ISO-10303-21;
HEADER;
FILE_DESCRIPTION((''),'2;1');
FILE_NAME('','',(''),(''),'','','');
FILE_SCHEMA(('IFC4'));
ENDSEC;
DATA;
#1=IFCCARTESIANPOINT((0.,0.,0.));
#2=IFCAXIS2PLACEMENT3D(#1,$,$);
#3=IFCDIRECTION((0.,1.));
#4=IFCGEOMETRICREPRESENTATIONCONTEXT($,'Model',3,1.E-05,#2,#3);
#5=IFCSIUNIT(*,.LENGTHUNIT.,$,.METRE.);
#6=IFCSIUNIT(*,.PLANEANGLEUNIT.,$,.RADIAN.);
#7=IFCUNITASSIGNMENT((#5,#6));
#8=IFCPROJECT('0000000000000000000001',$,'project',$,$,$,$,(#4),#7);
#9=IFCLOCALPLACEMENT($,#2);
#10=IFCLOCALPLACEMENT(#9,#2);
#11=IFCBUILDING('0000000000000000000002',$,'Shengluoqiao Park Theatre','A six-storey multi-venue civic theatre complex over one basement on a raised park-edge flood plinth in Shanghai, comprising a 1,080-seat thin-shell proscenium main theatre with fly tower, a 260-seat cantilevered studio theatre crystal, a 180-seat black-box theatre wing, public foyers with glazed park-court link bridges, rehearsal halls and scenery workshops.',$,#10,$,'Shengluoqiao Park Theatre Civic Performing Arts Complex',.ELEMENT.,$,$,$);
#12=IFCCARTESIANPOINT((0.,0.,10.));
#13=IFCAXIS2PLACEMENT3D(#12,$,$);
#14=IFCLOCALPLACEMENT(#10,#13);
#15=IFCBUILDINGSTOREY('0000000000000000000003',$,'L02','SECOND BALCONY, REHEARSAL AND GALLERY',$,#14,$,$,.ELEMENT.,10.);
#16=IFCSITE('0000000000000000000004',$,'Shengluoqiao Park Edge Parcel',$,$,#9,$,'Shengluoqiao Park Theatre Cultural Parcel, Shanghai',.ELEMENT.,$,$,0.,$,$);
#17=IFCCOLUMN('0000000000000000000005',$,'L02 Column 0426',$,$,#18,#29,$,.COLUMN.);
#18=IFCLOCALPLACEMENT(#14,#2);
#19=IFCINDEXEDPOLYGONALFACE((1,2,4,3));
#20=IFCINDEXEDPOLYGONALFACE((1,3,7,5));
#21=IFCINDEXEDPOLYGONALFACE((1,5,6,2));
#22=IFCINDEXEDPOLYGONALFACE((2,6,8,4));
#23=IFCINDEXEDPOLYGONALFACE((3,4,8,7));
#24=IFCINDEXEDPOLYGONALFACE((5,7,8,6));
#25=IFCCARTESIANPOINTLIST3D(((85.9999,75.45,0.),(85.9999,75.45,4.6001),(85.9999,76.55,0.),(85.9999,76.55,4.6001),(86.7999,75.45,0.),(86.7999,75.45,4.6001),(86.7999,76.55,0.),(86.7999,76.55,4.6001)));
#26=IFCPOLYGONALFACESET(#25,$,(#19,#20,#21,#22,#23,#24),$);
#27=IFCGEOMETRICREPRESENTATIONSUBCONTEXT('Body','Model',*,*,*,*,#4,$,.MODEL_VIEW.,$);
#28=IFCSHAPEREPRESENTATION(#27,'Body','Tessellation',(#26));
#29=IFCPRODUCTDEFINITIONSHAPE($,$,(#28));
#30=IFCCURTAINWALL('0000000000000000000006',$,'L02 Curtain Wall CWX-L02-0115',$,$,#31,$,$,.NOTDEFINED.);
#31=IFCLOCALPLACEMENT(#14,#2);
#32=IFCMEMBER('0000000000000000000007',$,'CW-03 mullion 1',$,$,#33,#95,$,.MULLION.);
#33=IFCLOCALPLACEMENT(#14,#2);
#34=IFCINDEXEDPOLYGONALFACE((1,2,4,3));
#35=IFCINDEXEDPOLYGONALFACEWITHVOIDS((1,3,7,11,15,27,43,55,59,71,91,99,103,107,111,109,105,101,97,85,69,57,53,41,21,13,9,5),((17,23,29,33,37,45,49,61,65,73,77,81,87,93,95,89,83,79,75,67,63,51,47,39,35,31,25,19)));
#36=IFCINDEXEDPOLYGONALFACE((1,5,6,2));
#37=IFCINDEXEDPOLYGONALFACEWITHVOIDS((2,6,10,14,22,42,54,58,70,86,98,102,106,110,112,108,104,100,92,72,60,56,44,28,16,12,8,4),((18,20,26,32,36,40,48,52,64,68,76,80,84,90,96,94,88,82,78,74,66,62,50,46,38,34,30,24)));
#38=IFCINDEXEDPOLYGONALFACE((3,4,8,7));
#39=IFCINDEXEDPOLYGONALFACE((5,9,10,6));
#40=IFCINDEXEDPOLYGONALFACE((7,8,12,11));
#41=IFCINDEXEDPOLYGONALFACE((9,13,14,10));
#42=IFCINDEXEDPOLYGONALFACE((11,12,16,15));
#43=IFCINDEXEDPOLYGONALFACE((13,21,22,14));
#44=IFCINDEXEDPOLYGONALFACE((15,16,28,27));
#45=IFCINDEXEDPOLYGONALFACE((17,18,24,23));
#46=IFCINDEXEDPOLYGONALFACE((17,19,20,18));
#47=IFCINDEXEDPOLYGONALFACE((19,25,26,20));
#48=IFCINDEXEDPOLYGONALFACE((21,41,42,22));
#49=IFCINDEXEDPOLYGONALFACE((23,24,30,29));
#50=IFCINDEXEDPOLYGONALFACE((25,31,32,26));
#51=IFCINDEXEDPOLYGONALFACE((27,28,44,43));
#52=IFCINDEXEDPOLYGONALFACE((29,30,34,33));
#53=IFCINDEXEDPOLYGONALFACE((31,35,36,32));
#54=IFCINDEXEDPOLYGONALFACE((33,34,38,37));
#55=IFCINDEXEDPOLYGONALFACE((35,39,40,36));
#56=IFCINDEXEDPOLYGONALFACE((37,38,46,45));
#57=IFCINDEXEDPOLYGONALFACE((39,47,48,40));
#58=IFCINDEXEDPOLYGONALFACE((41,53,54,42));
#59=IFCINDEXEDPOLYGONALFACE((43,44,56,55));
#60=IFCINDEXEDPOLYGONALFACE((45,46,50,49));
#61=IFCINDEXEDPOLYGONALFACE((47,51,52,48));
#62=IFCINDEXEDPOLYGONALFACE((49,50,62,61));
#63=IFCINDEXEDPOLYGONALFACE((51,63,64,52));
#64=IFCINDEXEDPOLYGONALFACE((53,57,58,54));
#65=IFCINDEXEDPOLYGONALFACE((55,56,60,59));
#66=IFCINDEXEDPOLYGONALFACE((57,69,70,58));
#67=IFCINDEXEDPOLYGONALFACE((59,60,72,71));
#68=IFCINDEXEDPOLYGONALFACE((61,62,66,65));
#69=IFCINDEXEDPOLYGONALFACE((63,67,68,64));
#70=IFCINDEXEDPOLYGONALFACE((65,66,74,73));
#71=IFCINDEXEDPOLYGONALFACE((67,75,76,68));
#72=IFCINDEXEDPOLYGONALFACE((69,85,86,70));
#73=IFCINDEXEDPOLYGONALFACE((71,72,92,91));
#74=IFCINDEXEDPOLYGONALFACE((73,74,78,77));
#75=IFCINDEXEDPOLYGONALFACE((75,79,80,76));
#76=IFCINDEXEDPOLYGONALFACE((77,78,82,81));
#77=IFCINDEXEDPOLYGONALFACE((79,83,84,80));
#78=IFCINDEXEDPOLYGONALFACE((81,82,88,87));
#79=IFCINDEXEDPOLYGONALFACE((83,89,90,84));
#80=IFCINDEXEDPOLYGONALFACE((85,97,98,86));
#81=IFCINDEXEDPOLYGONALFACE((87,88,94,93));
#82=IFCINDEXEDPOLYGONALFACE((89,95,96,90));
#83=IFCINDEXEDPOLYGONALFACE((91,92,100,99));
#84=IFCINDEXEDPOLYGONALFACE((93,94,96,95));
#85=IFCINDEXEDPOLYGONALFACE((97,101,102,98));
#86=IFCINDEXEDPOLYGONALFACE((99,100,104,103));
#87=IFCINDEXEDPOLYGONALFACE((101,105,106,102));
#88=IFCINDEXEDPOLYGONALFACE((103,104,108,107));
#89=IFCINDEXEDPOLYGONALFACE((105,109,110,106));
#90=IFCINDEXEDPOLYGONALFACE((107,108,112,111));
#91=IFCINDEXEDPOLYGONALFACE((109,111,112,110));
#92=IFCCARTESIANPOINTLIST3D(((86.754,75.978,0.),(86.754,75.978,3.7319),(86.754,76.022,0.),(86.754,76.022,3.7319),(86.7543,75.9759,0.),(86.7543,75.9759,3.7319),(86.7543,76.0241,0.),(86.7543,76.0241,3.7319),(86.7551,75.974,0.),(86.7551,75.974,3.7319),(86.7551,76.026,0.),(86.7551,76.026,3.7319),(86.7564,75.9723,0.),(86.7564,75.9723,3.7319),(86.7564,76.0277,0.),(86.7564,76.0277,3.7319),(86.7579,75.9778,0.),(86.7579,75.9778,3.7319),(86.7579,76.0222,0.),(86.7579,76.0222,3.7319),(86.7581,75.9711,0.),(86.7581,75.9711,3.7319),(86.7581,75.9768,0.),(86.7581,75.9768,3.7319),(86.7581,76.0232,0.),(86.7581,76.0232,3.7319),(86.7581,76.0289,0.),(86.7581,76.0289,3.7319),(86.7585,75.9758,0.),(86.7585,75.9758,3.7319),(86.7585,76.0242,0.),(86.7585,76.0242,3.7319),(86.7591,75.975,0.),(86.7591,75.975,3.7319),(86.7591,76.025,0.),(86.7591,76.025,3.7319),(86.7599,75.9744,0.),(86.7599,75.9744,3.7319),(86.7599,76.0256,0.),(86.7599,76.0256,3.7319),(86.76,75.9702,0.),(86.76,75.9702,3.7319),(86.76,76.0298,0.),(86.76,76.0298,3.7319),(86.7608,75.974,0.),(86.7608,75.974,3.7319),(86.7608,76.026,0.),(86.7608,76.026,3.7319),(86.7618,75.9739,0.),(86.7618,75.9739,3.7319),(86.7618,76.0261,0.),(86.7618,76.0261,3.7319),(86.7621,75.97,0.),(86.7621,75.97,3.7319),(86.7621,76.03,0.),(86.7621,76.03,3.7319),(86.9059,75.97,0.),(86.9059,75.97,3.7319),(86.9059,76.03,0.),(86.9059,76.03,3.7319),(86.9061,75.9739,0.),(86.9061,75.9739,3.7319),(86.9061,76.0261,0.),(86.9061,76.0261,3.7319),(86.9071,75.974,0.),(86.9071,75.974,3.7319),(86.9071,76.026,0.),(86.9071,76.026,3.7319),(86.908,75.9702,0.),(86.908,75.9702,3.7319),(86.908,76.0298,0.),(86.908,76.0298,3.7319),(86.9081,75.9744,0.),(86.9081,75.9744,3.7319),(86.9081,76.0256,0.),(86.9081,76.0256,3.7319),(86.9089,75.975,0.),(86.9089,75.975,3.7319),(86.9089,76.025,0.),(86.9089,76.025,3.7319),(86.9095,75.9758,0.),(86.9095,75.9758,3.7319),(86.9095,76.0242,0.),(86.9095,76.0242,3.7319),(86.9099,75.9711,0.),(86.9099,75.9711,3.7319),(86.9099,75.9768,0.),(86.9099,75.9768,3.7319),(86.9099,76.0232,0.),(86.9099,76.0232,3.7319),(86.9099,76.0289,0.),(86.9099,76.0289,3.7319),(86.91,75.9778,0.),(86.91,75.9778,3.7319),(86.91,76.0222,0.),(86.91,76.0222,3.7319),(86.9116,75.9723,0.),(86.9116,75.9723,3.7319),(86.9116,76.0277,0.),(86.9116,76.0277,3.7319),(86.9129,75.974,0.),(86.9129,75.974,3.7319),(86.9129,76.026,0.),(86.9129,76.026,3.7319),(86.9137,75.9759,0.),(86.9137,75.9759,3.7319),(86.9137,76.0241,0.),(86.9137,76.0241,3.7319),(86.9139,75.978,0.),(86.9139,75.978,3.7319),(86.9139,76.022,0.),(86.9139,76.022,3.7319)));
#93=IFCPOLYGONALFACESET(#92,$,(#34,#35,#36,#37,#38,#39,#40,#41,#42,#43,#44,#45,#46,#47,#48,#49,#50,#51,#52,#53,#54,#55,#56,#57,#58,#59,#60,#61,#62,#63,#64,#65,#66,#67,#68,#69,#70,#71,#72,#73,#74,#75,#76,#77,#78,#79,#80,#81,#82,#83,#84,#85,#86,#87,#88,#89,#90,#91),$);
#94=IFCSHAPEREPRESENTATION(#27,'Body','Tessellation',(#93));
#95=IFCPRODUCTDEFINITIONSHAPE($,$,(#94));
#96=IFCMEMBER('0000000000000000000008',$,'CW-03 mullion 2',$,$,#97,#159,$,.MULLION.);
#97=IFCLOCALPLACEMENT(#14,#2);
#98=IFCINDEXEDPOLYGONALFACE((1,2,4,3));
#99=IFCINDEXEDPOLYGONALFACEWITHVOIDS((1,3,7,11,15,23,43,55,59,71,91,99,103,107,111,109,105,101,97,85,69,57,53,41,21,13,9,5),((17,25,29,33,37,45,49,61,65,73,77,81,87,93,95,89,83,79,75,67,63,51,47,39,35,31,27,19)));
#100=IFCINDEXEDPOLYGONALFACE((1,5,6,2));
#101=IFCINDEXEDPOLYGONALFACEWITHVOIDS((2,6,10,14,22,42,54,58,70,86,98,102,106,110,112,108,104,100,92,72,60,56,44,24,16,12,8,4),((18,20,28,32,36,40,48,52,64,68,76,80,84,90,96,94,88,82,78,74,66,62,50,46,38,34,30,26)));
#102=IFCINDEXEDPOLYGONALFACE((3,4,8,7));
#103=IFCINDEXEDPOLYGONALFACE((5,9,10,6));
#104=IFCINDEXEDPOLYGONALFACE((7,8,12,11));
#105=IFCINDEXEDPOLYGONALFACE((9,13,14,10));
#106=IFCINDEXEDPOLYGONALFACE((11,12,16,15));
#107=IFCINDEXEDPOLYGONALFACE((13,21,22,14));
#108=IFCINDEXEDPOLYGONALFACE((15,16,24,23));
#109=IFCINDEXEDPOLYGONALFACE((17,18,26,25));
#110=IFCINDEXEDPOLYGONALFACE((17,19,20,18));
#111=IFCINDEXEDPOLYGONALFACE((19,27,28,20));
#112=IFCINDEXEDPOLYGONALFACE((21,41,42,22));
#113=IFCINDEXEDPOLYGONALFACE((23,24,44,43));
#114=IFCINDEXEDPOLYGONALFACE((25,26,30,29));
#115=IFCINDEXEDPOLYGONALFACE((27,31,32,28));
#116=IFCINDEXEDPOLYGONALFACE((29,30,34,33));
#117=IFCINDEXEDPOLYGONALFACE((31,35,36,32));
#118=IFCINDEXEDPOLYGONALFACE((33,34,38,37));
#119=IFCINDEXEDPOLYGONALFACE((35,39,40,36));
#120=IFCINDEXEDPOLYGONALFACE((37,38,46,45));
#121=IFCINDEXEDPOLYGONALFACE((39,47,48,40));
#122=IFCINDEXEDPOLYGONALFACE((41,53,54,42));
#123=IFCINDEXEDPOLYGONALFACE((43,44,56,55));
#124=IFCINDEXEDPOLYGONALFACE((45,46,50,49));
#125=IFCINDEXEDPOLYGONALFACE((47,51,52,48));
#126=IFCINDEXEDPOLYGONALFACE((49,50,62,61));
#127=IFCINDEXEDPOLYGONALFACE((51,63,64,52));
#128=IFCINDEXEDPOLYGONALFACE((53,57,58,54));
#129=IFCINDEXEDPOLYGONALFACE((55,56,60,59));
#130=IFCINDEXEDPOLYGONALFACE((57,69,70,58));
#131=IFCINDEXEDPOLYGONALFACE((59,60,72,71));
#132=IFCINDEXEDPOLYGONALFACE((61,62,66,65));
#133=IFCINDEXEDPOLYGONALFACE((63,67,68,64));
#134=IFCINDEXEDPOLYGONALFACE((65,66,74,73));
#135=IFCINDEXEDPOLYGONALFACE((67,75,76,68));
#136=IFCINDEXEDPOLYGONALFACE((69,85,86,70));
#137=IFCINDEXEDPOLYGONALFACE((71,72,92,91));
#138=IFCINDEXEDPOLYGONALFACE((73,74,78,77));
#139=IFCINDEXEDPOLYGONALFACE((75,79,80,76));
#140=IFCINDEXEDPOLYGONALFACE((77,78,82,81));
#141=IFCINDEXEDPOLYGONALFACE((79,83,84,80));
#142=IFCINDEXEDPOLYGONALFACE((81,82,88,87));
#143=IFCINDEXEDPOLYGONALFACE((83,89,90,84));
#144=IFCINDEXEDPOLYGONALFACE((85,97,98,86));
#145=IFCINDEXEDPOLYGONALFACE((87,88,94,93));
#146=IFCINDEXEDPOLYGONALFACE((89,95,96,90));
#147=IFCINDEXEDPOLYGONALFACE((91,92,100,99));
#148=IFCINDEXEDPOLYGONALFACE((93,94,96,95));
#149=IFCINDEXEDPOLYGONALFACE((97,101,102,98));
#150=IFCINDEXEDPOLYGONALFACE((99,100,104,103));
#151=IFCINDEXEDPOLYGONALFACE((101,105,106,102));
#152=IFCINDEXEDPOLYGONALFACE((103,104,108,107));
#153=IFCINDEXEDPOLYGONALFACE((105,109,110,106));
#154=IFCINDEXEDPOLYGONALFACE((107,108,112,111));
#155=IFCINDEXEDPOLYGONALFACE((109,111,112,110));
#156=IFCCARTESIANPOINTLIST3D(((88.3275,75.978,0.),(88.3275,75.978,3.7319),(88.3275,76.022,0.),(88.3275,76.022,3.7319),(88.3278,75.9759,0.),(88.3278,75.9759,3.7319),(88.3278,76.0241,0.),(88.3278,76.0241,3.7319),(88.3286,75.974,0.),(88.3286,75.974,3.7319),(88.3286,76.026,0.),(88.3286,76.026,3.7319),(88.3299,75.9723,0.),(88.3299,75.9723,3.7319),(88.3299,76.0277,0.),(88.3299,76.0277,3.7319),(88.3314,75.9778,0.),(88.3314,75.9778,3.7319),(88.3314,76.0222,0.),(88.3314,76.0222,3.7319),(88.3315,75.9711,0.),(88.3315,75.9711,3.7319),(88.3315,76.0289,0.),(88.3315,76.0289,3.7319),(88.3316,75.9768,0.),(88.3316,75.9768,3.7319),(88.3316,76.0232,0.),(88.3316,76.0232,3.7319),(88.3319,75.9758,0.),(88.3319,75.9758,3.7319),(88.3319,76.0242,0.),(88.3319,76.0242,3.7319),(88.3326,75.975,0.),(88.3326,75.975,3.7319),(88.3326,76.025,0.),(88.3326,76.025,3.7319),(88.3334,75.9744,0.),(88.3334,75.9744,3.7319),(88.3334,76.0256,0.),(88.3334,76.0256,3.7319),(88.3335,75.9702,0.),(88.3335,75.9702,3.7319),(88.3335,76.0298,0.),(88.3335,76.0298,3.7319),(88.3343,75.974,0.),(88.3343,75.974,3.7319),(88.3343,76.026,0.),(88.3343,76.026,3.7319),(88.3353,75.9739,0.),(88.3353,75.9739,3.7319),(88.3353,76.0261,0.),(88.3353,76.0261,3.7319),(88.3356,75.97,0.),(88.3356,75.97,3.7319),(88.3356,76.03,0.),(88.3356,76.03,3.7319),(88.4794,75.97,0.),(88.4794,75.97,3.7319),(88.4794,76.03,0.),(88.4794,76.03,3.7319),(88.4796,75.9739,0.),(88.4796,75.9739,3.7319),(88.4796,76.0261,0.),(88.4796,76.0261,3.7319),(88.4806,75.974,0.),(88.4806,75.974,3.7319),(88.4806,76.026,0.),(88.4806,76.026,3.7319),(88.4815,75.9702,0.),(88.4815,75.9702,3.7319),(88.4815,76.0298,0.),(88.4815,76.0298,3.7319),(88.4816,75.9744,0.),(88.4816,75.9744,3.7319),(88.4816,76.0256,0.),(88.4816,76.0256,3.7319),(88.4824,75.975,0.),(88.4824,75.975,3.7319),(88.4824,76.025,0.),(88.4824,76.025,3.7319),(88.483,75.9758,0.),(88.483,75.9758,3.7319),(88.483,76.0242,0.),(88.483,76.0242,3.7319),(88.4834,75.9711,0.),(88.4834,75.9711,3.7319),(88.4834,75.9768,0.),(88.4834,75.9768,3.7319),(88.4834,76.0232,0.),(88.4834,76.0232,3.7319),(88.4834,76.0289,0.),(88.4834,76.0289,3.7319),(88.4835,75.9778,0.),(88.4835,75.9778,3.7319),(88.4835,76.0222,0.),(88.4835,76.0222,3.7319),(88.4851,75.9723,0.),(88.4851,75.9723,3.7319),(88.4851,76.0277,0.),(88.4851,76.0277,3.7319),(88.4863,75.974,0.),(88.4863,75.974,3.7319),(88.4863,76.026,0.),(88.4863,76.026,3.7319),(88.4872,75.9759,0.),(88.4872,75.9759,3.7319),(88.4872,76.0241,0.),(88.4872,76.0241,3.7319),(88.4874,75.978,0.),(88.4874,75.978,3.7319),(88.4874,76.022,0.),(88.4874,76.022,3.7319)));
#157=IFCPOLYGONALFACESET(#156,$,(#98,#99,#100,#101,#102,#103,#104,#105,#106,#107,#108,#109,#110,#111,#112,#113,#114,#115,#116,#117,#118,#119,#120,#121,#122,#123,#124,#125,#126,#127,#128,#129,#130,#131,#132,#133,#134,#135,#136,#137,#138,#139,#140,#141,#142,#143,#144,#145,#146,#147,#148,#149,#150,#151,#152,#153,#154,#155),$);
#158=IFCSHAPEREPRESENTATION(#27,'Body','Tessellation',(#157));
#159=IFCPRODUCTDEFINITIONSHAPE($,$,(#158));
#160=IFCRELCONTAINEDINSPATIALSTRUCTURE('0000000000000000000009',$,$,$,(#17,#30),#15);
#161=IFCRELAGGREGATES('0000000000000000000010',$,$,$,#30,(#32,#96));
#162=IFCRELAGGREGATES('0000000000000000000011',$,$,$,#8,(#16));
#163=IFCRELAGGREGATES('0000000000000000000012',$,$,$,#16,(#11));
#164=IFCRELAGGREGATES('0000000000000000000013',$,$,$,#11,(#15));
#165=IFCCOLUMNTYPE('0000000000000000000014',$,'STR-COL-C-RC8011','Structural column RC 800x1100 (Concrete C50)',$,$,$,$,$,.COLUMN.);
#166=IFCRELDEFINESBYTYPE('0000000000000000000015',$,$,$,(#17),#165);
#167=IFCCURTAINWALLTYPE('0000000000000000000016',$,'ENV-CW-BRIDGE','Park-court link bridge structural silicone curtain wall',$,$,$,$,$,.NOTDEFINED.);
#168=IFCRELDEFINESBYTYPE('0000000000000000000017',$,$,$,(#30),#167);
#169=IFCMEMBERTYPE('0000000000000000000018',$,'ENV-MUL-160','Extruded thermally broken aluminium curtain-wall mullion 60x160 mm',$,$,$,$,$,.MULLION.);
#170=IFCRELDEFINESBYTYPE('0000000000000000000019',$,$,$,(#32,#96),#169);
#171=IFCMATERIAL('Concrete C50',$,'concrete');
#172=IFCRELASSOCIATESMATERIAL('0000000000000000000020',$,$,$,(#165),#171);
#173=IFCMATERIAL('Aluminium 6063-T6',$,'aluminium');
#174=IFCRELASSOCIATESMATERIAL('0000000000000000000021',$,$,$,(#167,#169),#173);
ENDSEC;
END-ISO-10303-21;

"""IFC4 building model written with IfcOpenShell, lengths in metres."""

from ifc_helpers import new_model, si_unit, direction, frame, origin, origin_2d, place, context, subcontext, project, spatial, rectangle, hollow_rectangle, extrude, material, material_profile, profile_set, type_object, element, aggregate, save


model = new_model("IFC4")

# Units and contexts
model_context = context("Model", 3, precision=1e-05, world=origin(), true_north=direction((0.0, 1.0)))
body_context = subcontext(model_context, "Body", "Model", "MODEL_VIEW")
ifc_project = project(units=[si_unit("LENGTHUNIT", "METRE"), si_unit("PLANEANGLEUNIT", "RADIAN")], contexts=[model_context])

# Site, building, storey
site_placement = place(None, origin())
site = spatial("IfcSite", under=ifc_project, at=site_placement, Name="Shengluoqiao Park Edge Parcel", LongName="Shengluoqiao Park Theatre Cultural Parcel, Shanghai", CompositionType="ELEMENT", RefElevation=0.0)
building_placement = place(site_placement, origin())
building = spatial("IfcBuilding", under=site, at=building_placement, Name="Shengluoqiao Park Theatre", Description="A six-storey multi-venue civic theatre complex over one basement on a raised park-edge flood plinth in Shanghai, comprising a 1,080-seat thin-shell proscenium main theatre with fly tower, a 260-seat cantilevered studio theatre crystal, a 180-seat black-box theatre wing, public foyers with glazed park-court link bridges, rehearsal halls and scenery workshops.", LongName="Shengluoqiao Park Theatre Civic Performing Arts Complex", CompositionType="ELEMENT")
storey_placement = place(building_placement, frame((0.0, 0.0, 10.0)))
storey = spatial("IfcBuildingStorey", under=building, at=storey_placement, Name="L02", Description="SECOND BALCONY, REHEARSAL AND GALLERY", CompositionType="ELEMENT", Elevation=10.0)

# Column
ifc_material_1 = material(Name="Concrete C50", Category="concrete")
ifc_material_profile_1 = material_profile(ifc_material_1, rectangle(XDim=0.8, YDim=1.1001, at=origin_2d()), Name="RC 800x1100")
ifc_profile_set_1 = profile_set([ifc_material_profile_1], Name="Concrete C50")
column_type = type_object("IfcColumnType", Name="STR-COL-C-RC8011", Description="Structural column RC 800x1100 (Concrete C50)", PredefinedType="COLUMN", material=ifc_profile_set_1)
column_placement = place(storey_placement, frame((86.3999, 76.0, 0.0), z_axis=(0.0, 0.0, 1.0), x_axis=(1.0, 0.0, 0.0)))
element("IfcColumn", 1, at=column_placement, inside=storey, type_object=column_type, Name="L02 Column 0426", PredefinedType="COLUMN", context=body_context, shape_type="SweptSolid", body=[
    extrude(rectangle(XDim=0.8, YDim=1.1001, at=origin_2d()), origin(), (0.0, 0.0, 1.0), 4.6001),
])

# Curtain wall, members
ifc_material_2 = material(Name="Aluminium 6063-T6", Category="aluminium")
curtain_wall_type = type_object("IfcCurtainWallType", Name="ENV-CW-BRIDGE", Description="Park-court link bridge structural silicone curtain wall", PredefinedType="NOTDEFINED", material=ifc_material_2)
curtain_wall_placement = place(storey_placement, origin())
curtain_wall = element("IfcCurtainWall", 2, at=curtain_wall_placement, inside=storey, type_object=curtain_wall_type, Name="L02 Curtain Wall CWX-L02-0115", PredefinedType="NOTDEFINED")
ifc_material_profile_2 = material_profile(ifc_material_2, hollow_rectangle(XDim=0.0601, YDim=0.1599, WallThickness=0.0039, InnerFilletRadius=0.0039, OuterFilletRadius=0.0081, at=origin_2d()), Name="ALU MULLION 160x60x4")
ifc_profile_set_2 = profile_set([ifc_material_profile_2], Name="Aluminium 6063-T6")
member_type_1 = type_object("IfcMemberType", Name="ENV-MUL-160", Description="Extruded thermally broken aluminium curtain-wall mullion 60x160 mm", PredefinedType="MULLION", material=ifc_profile_set_2)
member_1_placement = place(storey_placement, frame((86.834, 76.0, 0.0), z_axis=(0.0, 0.0, 1.0), x_axis=(0.0, 1.0, 0.0)))
member_1 = element("IfcMember", 3, at=member_1_placement, type_object=member_type_1, Name="CW-03 mullion 1", PredefinedType="MULLION", context=body_context, shape_type="SweptSolid", body=[
    extrude(hollow_rectangle(XDim=0.0601, YDim=0.1599, WallThickness=0.0039, InnerFilletRadius=0.0039, OuterFilletRadius=0.0081, at=origin_2d()), origin(), (0.0, 0.0, 1.0), 3.7319),
])
member_2_placement = place(storey_placement, frame((88.4075, 76.0, 0.0), z_axis=(0.0, 0.0, 1.0), x_axis=(0.0, 1.0, 0.0)))
member_2 = element("IfcMember", 4, at=member_2_placement, type_object=member_type_1, Name="CW-03 mullion 2", PredefinedType="MULLION", context=body_context, shape_type="SweptSolid", body=[
    extrude(hollow_rectangle(XDim=0.0601, YDim=0.1599, WallThickness=0.0039, InnerFilletRadius=0.0039, OuterFilletRadius=0.0081, at=origin_2d()), origin(), (0.0, 0.0, 1.0), 3.7319),
])

aggregate(curtain_wall, [member_1, member_2])

save(model, "model.ifc")
